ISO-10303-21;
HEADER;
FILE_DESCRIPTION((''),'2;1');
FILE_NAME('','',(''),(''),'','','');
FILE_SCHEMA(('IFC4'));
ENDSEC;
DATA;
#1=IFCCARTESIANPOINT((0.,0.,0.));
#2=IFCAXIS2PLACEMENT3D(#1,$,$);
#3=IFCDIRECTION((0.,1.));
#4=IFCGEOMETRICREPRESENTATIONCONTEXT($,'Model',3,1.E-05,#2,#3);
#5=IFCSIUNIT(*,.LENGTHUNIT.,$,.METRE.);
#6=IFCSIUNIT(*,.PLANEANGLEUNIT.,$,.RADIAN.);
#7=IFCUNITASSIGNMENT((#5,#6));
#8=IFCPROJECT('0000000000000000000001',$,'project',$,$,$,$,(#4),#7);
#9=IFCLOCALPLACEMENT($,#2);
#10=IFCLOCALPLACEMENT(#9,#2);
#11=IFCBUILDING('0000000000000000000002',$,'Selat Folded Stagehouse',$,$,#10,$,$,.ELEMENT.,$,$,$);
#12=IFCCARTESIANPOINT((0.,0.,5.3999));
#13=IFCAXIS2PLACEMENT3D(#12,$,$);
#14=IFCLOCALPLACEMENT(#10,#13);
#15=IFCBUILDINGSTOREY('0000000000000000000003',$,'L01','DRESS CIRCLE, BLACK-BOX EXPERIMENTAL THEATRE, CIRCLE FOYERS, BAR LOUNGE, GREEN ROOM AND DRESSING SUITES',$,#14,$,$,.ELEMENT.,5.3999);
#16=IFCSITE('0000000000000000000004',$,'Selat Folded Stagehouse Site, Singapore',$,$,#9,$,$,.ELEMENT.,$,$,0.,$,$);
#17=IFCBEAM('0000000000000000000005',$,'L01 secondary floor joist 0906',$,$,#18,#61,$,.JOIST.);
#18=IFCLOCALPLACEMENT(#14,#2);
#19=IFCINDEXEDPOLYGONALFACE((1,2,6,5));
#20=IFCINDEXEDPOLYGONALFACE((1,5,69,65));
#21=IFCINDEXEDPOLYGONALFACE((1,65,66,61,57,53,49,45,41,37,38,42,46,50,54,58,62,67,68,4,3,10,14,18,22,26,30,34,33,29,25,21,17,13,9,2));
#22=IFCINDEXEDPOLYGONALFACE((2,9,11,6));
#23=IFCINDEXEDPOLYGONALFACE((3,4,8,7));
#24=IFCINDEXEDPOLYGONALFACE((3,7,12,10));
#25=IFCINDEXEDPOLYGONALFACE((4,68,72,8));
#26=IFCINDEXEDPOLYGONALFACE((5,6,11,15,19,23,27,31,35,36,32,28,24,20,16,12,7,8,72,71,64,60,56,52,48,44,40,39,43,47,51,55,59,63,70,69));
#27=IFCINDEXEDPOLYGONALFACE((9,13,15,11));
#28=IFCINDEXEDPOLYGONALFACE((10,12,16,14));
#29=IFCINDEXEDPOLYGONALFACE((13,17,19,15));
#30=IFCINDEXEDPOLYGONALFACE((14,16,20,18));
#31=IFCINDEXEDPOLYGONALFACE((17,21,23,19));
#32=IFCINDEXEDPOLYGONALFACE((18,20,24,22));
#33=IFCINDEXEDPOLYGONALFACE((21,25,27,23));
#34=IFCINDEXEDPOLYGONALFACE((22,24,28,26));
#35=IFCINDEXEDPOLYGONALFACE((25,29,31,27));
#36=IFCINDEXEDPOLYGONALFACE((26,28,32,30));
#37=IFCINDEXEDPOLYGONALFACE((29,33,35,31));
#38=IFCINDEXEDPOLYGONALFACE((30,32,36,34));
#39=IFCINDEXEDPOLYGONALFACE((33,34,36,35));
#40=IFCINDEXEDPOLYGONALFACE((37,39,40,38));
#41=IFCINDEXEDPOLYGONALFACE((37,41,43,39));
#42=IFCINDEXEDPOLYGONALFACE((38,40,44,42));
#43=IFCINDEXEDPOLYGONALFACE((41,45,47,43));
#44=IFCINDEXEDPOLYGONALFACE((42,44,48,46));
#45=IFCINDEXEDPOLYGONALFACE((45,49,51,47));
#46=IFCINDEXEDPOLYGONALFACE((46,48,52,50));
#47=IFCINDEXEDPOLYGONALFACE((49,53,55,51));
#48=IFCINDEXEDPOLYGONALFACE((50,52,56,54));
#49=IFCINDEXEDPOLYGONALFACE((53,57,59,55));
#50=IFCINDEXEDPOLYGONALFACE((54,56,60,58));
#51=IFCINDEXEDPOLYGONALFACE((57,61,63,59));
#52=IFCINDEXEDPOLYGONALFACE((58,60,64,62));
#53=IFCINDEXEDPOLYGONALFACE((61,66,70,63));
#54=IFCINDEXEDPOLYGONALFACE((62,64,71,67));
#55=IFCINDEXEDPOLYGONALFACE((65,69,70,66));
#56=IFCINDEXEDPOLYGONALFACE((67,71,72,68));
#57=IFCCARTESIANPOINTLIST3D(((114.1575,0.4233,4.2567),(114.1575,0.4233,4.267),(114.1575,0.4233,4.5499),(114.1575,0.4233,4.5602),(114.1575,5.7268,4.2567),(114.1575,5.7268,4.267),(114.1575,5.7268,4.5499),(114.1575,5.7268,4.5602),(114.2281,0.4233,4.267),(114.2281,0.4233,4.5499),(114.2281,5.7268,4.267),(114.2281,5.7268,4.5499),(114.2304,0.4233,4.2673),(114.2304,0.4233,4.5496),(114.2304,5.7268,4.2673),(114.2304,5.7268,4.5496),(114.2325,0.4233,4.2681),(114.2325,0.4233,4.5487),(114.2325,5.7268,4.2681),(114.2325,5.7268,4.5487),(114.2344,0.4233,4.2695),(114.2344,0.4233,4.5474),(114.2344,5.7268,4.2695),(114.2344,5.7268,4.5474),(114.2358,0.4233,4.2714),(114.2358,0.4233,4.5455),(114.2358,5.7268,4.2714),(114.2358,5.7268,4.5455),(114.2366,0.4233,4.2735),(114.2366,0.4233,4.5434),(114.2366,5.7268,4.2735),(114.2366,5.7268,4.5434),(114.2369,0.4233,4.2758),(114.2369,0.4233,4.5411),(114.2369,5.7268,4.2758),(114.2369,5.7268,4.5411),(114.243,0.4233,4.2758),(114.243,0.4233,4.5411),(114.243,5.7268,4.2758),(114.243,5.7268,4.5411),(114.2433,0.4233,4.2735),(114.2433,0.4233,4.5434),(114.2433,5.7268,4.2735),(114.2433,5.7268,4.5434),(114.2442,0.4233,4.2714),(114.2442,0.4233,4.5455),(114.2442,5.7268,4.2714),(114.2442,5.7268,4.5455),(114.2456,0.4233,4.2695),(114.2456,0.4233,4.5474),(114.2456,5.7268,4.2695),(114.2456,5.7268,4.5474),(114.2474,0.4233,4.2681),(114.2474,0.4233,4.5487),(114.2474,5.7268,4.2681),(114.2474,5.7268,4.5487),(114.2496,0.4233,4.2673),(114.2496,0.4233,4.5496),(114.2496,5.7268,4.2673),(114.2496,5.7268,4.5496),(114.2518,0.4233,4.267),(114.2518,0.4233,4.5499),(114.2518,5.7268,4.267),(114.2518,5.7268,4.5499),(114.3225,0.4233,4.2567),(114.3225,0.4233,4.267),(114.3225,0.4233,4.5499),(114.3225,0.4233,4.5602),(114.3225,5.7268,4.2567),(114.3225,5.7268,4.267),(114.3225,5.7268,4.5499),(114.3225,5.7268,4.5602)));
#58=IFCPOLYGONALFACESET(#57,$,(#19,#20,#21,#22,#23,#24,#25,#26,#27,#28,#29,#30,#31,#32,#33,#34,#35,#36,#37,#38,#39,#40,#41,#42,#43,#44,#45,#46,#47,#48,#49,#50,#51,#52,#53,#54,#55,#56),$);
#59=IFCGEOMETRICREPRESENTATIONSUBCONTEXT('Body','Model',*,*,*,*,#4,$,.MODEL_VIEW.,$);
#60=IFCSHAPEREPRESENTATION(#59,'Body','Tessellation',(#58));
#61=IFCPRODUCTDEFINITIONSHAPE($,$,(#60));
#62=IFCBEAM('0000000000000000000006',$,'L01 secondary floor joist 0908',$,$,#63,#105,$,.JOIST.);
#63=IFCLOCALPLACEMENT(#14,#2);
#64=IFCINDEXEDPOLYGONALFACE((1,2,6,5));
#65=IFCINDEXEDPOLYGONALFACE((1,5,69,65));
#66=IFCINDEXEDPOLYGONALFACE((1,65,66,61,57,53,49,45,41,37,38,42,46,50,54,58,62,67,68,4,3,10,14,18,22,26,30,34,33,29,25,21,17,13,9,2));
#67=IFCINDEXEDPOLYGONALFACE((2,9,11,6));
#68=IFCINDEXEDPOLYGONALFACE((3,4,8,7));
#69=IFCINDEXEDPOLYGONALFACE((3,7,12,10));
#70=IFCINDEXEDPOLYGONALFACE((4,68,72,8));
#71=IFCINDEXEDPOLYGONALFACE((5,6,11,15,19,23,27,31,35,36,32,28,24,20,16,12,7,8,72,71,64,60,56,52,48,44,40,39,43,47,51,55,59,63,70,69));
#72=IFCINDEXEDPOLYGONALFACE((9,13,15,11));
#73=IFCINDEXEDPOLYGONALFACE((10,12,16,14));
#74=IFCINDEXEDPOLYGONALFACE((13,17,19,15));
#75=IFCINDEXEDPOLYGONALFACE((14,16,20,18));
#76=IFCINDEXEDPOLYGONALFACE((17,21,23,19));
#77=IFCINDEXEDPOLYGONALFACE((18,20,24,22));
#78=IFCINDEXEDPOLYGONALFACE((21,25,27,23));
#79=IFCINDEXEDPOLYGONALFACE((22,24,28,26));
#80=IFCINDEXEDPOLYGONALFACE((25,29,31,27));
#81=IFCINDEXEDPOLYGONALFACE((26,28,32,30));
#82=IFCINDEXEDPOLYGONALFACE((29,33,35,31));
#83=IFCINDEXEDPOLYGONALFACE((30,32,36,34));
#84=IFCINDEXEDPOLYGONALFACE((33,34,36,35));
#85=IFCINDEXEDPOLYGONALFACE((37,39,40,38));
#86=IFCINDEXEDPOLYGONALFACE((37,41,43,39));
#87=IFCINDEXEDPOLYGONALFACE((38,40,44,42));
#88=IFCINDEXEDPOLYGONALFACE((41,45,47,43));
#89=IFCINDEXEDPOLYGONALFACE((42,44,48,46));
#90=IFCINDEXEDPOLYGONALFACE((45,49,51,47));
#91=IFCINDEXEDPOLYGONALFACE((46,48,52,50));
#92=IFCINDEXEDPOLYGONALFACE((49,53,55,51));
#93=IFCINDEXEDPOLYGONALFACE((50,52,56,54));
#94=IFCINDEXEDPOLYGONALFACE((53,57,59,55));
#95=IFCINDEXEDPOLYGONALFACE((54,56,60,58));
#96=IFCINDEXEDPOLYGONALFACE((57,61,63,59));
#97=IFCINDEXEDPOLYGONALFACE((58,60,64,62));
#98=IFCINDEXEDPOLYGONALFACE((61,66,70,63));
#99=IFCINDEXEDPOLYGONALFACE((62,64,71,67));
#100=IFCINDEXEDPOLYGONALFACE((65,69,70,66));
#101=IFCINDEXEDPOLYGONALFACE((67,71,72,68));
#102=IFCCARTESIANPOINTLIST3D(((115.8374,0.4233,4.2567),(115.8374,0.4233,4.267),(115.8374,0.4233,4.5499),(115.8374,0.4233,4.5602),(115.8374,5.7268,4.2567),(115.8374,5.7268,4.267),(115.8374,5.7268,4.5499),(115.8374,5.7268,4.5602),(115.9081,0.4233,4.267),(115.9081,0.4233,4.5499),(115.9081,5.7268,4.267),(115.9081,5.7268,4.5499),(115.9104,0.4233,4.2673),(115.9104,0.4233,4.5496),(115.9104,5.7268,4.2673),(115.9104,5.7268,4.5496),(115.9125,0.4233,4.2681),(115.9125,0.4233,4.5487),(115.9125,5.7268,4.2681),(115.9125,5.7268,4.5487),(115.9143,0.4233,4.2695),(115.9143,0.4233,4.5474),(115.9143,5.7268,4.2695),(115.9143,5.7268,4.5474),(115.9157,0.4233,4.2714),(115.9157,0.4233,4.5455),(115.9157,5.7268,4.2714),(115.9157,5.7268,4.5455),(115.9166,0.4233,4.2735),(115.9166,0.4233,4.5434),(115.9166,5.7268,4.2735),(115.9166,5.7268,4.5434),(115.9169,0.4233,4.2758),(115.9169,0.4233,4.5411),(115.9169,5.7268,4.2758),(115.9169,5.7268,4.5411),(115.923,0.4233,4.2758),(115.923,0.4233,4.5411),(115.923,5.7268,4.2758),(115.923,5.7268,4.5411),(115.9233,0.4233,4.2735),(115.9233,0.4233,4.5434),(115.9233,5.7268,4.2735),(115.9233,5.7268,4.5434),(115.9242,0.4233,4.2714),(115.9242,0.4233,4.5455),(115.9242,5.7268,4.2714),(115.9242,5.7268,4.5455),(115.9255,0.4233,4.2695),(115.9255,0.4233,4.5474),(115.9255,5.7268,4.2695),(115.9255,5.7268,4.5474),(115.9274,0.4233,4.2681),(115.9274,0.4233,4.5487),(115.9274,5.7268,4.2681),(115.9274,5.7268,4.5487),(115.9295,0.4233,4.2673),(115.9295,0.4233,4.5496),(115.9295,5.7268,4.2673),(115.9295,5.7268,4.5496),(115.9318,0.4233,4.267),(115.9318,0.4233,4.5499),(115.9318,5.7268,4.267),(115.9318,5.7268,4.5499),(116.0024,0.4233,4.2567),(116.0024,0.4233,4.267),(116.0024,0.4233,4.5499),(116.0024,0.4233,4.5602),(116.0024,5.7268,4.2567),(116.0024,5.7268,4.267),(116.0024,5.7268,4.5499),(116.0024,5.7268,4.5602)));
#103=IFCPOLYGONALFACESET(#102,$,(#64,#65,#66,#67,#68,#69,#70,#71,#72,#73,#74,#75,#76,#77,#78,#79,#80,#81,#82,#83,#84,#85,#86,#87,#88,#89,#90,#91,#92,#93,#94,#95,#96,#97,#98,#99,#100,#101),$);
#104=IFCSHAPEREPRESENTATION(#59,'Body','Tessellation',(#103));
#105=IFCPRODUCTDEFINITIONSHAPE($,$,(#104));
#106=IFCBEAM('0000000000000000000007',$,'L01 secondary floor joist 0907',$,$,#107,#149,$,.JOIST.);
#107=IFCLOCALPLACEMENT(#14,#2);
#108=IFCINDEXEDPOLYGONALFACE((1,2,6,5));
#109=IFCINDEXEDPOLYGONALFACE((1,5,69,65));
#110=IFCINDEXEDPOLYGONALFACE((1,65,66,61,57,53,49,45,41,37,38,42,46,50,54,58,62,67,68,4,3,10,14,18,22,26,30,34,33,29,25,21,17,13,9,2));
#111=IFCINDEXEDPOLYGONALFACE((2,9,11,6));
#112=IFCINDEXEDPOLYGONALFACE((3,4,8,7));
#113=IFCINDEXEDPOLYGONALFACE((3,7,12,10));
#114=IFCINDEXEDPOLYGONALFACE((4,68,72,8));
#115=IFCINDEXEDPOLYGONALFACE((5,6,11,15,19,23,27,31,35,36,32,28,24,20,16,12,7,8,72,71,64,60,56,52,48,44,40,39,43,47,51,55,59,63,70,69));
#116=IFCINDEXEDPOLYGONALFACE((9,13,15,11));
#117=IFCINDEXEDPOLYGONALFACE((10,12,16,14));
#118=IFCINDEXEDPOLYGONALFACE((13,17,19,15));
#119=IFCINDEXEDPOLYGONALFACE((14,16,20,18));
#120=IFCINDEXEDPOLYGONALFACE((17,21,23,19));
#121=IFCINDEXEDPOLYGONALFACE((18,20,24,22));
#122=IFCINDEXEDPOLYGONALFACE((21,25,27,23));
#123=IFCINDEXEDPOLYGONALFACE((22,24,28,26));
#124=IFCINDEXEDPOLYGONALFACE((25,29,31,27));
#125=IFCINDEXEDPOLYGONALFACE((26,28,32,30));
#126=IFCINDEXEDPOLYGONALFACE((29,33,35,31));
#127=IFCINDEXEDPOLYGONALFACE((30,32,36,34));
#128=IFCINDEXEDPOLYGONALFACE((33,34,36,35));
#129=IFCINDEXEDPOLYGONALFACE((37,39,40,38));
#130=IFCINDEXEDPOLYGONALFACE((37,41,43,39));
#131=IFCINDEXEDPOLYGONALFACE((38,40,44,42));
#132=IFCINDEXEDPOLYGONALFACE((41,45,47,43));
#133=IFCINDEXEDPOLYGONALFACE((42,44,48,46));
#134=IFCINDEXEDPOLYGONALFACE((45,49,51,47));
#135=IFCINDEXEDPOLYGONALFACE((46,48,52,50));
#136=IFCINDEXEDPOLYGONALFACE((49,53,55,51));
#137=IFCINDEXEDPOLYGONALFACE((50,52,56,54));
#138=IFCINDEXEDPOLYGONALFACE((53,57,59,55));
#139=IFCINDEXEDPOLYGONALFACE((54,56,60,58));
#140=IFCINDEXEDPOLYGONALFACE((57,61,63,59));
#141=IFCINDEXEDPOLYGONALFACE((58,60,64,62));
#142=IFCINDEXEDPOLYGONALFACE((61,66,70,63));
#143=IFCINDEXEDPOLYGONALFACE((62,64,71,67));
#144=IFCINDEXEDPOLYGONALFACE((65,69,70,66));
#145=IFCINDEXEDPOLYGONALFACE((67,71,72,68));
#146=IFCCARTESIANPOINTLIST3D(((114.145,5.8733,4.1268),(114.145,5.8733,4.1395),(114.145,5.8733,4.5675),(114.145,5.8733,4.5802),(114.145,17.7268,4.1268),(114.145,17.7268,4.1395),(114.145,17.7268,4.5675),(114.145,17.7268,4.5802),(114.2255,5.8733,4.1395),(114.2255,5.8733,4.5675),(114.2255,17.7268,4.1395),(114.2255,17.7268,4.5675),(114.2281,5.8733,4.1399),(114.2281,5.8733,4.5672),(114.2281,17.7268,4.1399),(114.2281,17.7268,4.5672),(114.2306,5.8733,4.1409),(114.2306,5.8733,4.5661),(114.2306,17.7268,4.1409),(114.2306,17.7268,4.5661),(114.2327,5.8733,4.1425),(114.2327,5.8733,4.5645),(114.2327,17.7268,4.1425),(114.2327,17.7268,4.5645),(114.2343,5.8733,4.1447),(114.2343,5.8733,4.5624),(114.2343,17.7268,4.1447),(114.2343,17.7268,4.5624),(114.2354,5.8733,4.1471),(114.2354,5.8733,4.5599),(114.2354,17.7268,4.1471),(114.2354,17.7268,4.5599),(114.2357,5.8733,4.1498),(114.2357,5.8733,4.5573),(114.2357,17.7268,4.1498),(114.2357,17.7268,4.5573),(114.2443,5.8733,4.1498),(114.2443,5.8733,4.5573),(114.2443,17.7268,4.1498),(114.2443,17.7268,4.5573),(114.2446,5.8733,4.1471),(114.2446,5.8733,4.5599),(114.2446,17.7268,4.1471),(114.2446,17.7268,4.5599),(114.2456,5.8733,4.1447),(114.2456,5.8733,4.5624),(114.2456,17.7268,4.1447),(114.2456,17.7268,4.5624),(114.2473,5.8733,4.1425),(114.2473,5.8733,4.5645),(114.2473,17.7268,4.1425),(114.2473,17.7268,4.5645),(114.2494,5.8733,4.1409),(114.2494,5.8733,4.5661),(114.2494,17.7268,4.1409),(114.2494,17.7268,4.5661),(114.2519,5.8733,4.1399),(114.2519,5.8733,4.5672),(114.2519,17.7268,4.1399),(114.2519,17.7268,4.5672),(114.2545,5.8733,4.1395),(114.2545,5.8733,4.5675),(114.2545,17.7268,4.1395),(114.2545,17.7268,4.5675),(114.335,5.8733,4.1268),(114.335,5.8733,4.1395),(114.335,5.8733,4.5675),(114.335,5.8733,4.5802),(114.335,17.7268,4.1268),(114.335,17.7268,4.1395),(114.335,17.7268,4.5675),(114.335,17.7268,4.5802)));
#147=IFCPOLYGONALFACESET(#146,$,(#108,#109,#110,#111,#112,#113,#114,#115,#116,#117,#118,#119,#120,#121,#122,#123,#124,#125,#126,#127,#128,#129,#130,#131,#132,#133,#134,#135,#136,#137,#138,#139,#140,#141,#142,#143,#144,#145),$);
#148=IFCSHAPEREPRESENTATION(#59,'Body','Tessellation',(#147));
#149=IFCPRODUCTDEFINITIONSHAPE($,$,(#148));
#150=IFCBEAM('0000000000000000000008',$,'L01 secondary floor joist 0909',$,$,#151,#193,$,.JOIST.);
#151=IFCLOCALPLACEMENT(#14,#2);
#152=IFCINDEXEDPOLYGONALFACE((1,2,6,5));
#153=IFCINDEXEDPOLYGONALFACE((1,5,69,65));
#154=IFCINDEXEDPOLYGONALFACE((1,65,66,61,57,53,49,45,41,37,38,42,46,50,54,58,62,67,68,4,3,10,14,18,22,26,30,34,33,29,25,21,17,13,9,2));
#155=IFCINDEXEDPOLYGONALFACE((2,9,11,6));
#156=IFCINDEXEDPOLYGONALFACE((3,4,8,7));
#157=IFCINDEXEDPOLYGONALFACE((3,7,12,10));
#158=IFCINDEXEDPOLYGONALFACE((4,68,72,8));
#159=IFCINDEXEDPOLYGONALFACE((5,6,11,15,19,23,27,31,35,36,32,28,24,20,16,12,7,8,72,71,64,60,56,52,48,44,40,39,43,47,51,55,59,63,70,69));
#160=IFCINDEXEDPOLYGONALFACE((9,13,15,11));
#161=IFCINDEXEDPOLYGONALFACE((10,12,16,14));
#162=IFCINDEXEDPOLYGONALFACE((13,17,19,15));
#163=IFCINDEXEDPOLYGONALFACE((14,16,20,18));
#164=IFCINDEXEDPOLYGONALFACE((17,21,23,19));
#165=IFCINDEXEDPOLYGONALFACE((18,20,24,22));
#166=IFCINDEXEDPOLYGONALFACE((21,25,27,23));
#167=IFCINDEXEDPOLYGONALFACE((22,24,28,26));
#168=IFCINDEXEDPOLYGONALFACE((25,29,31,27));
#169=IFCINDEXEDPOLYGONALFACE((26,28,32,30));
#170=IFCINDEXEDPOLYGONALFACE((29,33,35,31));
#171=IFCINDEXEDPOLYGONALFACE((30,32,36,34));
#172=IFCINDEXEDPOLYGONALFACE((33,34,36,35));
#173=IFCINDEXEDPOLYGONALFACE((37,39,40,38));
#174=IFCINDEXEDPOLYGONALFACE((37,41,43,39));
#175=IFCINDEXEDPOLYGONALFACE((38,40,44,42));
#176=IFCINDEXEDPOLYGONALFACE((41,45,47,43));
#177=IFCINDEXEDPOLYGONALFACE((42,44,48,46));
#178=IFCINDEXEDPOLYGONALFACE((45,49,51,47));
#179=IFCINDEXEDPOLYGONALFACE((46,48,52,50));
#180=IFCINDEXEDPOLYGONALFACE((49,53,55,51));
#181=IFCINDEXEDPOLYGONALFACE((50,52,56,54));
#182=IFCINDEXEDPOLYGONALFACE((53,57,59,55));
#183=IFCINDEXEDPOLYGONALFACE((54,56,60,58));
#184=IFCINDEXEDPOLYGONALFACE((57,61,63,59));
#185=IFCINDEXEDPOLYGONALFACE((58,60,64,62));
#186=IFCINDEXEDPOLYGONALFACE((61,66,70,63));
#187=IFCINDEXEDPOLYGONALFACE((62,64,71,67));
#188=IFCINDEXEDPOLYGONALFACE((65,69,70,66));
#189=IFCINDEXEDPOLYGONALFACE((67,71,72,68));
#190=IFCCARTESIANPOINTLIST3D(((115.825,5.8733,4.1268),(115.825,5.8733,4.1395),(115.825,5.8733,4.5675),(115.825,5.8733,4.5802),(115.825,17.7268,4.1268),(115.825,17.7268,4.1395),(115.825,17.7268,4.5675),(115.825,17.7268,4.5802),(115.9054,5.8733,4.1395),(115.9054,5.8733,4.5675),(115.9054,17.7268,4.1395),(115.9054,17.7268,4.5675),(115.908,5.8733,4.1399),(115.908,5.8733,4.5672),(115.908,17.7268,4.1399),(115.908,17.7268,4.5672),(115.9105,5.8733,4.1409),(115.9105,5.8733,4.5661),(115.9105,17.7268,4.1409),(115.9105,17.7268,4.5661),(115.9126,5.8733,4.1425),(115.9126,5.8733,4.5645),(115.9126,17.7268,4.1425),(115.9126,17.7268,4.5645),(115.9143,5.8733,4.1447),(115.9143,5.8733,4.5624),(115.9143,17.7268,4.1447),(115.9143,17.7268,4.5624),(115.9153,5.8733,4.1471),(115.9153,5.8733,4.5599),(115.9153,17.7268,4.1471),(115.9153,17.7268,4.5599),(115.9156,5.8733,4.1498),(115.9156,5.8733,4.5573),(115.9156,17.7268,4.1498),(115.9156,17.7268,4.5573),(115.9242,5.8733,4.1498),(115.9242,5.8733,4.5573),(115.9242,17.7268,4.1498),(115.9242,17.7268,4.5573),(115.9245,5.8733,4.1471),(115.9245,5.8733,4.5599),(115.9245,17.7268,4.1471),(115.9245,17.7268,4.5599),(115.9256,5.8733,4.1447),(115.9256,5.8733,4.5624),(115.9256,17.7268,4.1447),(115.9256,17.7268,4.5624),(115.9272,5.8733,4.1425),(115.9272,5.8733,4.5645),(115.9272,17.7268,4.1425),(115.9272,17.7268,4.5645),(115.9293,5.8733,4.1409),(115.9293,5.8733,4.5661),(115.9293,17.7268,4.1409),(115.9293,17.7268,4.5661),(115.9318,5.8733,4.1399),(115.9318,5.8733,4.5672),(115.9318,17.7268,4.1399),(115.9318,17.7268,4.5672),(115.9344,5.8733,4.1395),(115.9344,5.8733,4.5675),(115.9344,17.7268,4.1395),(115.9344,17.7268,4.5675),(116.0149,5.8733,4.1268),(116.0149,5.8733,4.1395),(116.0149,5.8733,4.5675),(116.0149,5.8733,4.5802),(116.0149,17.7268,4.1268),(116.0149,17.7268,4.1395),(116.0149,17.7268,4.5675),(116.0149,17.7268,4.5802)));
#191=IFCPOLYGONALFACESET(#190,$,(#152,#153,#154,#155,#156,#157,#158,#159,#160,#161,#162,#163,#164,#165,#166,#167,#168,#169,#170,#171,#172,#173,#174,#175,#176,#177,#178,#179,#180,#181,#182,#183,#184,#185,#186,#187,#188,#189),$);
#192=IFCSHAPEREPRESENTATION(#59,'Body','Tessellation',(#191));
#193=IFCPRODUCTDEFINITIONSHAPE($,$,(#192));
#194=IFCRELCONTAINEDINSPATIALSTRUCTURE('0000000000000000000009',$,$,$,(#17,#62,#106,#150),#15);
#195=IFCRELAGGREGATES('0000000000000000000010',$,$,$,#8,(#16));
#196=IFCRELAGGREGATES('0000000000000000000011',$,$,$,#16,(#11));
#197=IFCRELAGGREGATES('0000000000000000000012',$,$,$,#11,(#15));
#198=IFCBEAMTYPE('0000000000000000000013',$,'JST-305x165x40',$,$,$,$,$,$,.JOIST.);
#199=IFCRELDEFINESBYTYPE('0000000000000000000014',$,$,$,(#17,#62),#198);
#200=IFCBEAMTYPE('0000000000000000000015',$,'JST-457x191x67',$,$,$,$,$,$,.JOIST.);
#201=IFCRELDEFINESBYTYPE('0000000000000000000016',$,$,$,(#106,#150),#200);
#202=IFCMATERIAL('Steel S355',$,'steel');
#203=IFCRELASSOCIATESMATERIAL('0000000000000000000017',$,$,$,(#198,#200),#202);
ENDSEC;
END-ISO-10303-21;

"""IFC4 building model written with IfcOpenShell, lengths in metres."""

from ifc_helpers import new_model, si_unit, direction, frame, origin, origin_2d, place, context, subcontext, project, spatial, i_section, extrude, material, material_profile, profile_set, type_object, element, save


model = new_model("IFC4")

# Units and contexts
model_context = context("Model", 3, precision=1e-05, world=origin(), true_north=direction((0.0, 1.0)))
body_context = subcontext(model_context, "Body", "Model", "MODEL_VIEW")
ifc_project = project(units=[si_unit("LENGTHUNIT", "METRE"), si_unit("PLANEANGLEUNIT", "RADIAN")], contexts=[model_context])

# Site, building, storey
site_placement = place(None, origin())
site = spatial("IfcSite", under=ifc_project, at=site_placement, Name="Selat Folded Stagehouse Site, Singapore", CompositionType="ELEMENT", RefElevation=0.0)
building_placement = place(site_placement, origin())
building = spatial("IfcBuilding", under=site, at=building_placement, Name="Selat Folded Stagehouse", CompositionType="ELEMENT")
storey_placement = place(building_placement, frame((0.0, 0.0, 5.3999)))
storey = spatial("IfcBuildingStorey", under=building, at=storey_placement, Name="L01", Description="DRESS CIRCLE, BLACK-BOX EXPERIMENTAL THEATRE, CIRCLE FOYERS, BAR LOUNGE, GREEN ROOM AND DRESSING SUITES", CompositionType="ELEMENT", Elevation=5.3999)

# Beams
ifc_material_1 = material(Name="Steel S355", Category="steel")
ifc_material_profile_1 = material_profile(ifc_material_1, i_section(OverallWidth=0.165, OverallDepth=0.3035, WebThickness=0.0061, FlangeThickness=0.0103, FilletRadius=0.0088, at=origin_2d()), Name="UKB 305x165x40")
ifc_profile_set_1 = profile_set([ifc_material_profile_1], Name="Steel S355")
beam_type_1 = type_object("IfcBeamType", Name="JST-305x165x40", PredefinedType="JOIST", material=ifc_profile_set_1)
for number, where, z_axis, x_axis, name in (
    (1, (114.24, 0.4233, 4.4084), (0.0, 1.0, 0.0), (-1.0, 0.0, 0.0), "L01 secondary floor joist 0906"),
    (2, (115.9199, 0.4233, 4.4084), (0.0, 1.0, 0.0), (-1.0, 0.0, 0.0), "L01 secondary floor joist 0908"),
):
    element("IfcBeam", number, at=place(storey_placement, frame(where, z_axis=z_axis, x_axis=x_axis)), inside=storey, type_object=beam_type_1, Name=name, PredefinedType="JOIST", context=body_context, shape_type="SweptSolid", body=[
        extrude(i_section(OverallWidth=0.165, OverallDepth=0.3035, WebThickness=0.0061, FlangeThickness=0.0103, FilletRadius=0.0088, at=origin_2d()), origin(), (0.0, 0.0, 1.0), 5.3035),
    ])
ifc_material_profile_2 = material_profile(ifc_material_1, i_section(OverallWidth=0.1899, OverallDepth=0.4534, WebThickness=0.0085, FlangeThickness=0.0127, FilletRadius=0.0103, at=origin_2d()), Name="UKB 457x191x67")
ifc_profile_set_2 = profile_set([ifc_material_profile_2], Name="Steel S355")
beam_type_2 = type_object("IfcBeamType", Name="JST-457x191x67", PredefinedType="JOIST", material=ifc_profile_set_2)
for number, where, z_axis, x_axis, name in (
    (3, (114.24, 5.8733, 4.3535), (0.0, 1.0, 0.0), (-1.0, 0.0, 0.0), "L01 secondary floor joist 0907"),
    (4, (115.9199, 5.8733, 4.3535), (0.0, 1.0, 0.0), (-1.0, 0.0, 0.0), "L01 secondary floor joist 0909"),
):
    element("IfcBeam", number, at=place(storey_placement, frame(where, z_axis=z_axis, x_axis=x_axis)), inside=storey, type_object=beam_type_2, Name=name, PredefinedType="JOIST", context=body_context, shape_type="SweptSolid", body=[
        extrude(i_section(OverallWidth=0.1899, OverallDepth=0.4534, WebThickness=0.0085, FlangeThickness=0.0127, FilletRadius=0.0103, at=origin_2d()), origin(), (0.0, 0.0, 1.0), 11.8535),
    ])

save(model, "model.ifc")
